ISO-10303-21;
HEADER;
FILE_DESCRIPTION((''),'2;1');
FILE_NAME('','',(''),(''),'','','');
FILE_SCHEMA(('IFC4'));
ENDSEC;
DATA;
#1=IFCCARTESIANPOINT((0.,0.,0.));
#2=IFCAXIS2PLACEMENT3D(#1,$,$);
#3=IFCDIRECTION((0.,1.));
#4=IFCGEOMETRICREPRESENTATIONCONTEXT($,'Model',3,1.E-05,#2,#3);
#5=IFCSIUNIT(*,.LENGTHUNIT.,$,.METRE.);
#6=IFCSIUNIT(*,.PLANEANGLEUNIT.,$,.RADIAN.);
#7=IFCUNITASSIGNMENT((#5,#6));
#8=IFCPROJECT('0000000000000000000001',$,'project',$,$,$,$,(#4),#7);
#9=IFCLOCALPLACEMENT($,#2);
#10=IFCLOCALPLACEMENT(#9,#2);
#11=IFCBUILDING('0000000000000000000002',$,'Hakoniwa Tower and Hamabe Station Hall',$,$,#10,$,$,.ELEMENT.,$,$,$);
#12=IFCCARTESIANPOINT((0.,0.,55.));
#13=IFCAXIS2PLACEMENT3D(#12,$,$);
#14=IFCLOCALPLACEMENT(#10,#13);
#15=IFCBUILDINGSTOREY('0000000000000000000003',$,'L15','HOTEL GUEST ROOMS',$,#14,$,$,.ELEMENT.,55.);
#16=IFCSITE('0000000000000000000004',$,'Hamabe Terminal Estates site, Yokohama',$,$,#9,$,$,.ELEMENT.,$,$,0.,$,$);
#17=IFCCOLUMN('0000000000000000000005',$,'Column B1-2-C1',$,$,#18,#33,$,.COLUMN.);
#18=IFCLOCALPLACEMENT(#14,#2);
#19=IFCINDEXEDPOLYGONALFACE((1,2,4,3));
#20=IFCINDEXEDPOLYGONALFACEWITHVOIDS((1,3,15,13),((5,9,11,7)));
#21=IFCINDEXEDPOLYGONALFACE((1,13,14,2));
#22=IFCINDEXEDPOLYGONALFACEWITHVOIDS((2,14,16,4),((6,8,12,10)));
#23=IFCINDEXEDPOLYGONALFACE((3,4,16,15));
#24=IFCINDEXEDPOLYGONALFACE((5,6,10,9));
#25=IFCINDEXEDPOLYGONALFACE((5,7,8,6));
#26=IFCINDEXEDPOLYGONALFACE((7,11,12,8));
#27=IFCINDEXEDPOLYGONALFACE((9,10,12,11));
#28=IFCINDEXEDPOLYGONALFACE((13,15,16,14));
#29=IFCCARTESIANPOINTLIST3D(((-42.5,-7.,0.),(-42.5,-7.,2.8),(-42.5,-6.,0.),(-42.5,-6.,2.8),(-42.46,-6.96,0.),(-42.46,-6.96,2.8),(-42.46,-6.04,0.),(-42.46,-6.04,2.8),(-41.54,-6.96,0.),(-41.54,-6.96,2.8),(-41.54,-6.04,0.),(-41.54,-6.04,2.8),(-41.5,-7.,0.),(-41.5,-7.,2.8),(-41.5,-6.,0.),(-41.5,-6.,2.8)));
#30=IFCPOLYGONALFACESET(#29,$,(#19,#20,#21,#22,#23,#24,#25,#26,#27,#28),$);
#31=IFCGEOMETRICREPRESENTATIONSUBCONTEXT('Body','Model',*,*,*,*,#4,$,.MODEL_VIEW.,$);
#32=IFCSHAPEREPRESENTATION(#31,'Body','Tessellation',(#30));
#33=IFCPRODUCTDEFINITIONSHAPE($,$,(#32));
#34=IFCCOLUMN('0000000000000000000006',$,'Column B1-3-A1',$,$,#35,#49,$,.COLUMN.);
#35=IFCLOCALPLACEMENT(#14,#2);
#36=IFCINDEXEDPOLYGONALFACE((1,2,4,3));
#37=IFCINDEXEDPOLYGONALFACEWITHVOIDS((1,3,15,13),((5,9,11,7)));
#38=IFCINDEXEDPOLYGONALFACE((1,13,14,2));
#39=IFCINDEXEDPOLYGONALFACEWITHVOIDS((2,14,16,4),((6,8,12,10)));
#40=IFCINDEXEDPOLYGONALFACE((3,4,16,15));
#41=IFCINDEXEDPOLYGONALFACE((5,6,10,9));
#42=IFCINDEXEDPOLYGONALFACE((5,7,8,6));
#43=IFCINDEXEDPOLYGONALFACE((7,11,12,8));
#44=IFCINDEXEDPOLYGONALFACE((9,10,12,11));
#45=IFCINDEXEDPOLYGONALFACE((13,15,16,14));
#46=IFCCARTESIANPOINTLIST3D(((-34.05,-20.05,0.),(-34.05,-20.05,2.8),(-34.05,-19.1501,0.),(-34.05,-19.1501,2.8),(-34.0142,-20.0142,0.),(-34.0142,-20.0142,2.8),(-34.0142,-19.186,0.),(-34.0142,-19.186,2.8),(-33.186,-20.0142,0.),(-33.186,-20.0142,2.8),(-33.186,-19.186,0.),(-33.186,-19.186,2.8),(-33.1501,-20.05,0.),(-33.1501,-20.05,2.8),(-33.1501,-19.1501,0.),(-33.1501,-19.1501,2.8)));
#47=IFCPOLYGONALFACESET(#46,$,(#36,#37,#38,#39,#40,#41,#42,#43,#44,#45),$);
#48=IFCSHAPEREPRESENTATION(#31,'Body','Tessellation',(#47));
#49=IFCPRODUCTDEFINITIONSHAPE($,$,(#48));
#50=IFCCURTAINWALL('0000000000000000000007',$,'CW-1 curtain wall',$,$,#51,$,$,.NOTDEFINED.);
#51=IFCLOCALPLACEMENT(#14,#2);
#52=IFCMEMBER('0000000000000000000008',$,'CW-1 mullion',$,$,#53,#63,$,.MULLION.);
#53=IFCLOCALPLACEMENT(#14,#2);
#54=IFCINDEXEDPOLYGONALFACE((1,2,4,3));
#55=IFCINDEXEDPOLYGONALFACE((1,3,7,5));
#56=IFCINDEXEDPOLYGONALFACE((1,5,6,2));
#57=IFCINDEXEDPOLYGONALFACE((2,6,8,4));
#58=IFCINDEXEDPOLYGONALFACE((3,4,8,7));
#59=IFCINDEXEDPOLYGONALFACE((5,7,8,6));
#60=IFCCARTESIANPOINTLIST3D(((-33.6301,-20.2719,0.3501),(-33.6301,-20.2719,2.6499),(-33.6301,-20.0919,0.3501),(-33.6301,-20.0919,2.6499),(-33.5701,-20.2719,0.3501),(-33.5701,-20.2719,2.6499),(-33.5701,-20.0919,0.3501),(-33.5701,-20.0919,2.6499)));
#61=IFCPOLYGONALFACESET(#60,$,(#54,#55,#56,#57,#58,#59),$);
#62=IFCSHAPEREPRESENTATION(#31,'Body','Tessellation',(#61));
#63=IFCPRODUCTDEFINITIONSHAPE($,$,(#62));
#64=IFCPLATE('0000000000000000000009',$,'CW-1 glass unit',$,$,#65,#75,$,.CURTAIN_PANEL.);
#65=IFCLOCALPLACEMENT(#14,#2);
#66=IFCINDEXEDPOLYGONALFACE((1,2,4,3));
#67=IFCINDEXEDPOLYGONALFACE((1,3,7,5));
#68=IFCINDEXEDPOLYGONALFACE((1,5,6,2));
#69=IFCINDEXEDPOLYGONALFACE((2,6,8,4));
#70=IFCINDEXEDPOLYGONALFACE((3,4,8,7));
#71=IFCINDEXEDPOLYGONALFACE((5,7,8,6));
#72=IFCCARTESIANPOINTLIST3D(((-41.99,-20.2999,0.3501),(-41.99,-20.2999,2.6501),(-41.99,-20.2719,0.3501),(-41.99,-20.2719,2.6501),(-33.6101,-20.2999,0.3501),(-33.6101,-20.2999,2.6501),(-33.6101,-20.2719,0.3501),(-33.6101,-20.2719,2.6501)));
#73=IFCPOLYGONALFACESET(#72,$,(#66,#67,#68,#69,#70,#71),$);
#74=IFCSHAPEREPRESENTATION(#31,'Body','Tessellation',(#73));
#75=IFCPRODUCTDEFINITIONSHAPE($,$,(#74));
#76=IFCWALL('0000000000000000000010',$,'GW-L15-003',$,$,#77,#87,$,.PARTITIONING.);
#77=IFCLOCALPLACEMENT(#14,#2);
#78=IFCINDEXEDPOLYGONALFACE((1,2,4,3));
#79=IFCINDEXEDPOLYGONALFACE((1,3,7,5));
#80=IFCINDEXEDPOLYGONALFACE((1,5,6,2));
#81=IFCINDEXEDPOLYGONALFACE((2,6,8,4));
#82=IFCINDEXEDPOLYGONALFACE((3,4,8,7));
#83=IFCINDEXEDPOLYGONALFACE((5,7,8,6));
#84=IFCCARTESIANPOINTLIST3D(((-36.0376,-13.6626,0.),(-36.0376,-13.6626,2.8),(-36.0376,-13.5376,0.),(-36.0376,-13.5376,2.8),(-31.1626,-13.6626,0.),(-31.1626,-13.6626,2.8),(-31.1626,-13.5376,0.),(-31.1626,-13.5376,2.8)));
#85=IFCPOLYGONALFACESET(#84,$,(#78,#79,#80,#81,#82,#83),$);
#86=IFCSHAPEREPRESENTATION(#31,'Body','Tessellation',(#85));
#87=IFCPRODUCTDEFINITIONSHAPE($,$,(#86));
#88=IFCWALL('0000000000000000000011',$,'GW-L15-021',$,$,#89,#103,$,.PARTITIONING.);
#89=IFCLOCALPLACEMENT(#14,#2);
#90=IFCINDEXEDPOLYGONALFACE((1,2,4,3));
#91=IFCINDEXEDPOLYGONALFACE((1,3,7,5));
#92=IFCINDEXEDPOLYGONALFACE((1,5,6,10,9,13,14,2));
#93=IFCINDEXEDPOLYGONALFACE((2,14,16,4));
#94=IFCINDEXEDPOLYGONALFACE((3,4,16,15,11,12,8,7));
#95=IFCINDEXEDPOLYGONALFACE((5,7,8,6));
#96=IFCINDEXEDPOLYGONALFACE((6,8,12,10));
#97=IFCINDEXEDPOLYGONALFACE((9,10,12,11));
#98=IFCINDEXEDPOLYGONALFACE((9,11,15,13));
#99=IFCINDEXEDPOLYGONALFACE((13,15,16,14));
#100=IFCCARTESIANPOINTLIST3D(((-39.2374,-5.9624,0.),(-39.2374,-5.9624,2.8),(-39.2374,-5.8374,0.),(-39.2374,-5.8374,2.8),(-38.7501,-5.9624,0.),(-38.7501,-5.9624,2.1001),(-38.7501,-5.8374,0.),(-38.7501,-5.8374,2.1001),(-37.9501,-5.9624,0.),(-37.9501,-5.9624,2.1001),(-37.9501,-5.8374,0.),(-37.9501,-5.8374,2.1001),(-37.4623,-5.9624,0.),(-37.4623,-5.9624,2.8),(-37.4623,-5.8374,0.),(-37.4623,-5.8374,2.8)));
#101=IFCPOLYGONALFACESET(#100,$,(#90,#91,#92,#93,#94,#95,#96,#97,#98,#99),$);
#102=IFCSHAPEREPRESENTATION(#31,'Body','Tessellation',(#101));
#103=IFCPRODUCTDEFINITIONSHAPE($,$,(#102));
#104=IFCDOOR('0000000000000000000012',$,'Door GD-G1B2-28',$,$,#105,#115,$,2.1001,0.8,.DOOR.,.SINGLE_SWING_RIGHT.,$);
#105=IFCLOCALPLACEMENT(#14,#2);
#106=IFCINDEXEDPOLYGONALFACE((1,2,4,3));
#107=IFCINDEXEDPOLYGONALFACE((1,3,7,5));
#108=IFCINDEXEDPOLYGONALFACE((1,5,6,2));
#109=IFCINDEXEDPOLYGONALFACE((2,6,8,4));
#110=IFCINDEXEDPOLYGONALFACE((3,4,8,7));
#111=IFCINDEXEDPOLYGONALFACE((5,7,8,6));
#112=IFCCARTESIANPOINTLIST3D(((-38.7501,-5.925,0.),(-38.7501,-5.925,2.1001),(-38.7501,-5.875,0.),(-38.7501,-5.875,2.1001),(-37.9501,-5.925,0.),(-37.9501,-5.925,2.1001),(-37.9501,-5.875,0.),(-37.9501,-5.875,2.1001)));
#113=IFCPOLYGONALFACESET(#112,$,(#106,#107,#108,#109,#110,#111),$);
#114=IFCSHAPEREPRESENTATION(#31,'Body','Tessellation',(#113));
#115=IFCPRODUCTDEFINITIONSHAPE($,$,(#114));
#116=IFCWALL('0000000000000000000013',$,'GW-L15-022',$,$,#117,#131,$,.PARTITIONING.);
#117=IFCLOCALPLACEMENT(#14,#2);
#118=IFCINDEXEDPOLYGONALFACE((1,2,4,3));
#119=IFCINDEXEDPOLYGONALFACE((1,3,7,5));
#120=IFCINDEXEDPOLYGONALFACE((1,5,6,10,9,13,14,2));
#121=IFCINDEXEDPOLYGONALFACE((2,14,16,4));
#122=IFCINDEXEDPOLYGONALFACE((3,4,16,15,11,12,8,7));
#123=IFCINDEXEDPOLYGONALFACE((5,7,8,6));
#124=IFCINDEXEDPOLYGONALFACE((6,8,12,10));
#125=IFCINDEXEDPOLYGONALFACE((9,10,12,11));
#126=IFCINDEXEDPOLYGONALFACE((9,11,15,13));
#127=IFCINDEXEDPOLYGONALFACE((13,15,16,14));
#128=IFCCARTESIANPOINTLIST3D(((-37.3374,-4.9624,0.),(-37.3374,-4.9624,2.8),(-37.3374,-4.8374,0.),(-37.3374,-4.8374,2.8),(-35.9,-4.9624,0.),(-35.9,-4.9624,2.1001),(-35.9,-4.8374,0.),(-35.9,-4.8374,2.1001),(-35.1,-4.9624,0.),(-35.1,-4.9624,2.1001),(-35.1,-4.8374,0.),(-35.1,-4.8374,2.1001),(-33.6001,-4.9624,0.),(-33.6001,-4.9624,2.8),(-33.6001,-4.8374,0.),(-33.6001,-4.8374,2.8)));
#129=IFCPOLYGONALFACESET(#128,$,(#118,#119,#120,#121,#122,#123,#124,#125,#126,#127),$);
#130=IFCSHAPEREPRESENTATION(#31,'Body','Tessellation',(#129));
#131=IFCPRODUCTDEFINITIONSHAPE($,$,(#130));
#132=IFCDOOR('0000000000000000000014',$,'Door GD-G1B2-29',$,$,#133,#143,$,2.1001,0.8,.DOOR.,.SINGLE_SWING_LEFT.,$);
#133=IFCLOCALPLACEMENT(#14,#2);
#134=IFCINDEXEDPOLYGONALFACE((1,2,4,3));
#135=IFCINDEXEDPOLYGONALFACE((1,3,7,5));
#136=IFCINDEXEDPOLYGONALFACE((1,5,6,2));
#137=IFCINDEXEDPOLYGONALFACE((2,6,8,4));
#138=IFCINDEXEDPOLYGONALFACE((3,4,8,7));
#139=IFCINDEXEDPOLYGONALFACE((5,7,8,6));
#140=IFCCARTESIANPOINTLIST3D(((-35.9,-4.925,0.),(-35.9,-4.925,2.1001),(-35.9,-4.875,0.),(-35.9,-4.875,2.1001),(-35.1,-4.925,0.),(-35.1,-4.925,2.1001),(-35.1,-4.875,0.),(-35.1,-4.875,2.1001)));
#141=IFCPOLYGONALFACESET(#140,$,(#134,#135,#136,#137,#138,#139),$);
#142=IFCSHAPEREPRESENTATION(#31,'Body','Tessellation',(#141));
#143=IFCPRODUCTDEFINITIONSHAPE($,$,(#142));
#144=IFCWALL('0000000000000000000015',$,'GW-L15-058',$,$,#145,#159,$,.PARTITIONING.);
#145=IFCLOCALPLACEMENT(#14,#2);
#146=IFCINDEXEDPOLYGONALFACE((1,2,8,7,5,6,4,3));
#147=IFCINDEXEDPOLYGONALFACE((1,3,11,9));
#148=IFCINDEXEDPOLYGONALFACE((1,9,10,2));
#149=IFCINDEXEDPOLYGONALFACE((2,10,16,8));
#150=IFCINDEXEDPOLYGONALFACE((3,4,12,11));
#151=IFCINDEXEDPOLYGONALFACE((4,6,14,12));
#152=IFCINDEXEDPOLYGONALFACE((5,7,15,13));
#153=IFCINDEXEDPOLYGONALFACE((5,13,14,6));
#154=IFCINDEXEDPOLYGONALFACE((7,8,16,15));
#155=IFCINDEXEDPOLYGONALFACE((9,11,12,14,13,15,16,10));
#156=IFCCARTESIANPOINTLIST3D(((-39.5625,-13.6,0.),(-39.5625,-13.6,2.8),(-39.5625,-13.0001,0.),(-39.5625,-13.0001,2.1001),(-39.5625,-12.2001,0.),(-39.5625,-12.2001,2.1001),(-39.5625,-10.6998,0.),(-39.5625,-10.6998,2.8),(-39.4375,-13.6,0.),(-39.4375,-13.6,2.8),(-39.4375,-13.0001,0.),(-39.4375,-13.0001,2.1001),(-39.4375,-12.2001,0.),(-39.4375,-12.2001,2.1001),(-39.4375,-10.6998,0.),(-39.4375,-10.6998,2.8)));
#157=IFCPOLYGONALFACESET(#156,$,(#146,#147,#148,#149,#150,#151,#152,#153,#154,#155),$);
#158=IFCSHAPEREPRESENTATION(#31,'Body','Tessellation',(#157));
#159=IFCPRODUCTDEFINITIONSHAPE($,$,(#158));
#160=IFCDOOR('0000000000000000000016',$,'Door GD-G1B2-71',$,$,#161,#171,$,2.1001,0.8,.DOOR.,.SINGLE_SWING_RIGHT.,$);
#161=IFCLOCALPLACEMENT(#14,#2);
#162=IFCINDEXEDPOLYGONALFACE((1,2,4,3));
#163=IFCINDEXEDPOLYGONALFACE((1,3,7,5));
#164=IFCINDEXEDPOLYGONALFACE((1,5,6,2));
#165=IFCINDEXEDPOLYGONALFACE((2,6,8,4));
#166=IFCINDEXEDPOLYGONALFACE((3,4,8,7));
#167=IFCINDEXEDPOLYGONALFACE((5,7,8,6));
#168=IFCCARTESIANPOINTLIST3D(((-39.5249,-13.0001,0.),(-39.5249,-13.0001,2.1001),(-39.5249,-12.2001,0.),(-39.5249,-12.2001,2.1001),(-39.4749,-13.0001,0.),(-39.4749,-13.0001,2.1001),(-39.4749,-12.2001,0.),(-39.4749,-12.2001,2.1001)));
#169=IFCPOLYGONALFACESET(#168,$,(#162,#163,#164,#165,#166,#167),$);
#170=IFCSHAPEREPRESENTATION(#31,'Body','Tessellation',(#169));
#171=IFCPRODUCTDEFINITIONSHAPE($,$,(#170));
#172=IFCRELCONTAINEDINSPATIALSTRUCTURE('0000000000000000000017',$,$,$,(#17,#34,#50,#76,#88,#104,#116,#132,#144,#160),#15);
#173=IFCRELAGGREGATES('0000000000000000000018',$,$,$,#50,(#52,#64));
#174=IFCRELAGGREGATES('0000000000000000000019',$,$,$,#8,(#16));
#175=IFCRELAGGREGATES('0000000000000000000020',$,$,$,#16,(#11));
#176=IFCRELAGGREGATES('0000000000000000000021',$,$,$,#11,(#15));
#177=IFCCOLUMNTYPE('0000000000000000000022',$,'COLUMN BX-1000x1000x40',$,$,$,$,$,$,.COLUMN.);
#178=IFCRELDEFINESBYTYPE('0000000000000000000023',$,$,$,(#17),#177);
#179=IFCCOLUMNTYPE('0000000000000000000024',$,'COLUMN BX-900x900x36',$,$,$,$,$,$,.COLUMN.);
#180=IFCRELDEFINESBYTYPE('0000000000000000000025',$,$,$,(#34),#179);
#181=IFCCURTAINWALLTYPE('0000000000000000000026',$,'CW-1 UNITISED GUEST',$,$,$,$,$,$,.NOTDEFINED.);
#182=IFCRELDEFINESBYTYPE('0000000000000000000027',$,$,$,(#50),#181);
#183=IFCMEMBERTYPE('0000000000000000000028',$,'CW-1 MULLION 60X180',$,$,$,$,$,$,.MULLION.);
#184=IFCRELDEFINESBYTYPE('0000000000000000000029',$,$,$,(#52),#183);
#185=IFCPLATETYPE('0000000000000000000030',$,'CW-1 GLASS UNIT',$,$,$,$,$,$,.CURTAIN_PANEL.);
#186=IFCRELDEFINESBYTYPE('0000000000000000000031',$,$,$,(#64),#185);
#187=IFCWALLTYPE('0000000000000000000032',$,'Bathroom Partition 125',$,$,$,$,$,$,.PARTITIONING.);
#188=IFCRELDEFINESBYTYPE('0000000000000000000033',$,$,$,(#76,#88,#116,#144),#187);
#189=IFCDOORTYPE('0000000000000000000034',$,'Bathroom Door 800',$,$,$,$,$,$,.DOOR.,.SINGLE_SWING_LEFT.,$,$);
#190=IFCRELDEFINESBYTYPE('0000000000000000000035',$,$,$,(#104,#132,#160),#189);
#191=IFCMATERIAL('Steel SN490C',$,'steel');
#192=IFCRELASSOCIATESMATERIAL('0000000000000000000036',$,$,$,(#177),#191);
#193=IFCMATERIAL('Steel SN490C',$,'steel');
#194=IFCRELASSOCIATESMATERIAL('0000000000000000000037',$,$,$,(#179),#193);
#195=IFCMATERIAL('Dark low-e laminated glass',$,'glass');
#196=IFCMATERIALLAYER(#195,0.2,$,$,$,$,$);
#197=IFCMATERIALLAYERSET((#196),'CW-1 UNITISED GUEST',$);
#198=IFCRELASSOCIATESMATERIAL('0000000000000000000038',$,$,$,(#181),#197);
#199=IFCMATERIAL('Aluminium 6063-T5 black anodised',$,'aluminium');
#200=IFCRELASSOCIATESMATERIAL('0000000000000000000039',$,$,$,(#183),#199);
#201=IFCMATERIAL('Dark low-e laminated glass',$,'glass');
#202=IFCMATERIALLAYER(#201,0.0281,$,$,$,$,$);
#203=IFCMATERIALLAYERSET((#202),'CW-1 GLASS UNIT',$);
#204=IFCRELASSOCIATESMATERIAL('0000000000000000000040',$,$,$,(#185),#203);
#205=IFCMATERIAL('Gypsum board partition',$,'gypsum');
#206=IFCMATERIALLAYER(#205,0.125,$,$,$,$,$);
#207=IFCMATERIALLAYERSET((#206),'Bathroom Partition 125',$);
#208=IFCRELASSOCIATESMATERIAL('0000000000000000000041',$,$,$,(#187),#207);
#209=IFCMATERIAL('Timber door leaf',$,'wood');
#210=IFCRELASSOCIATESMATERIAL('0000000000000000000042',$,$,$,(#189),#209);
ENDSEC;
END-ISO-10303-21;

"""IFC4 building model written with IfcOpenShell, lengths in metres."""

from ifc_helpers import new_model, si_unit, direction, frame, frame_2d, origin, origin_2d, place, context, subcontext, project, spatial, rectangle, hollow_rectangle, extrude, material, layer, layer_set, material_profile, profile_set, type_object, element, fill, aggregate, save


model = new_model("IFC4")

# Units and contexts
model_context = context("Model", 3, precision=1e-05, world=origin(), true_north=direction((0.0, 1.0)))
body_context = subcontext(model_context, "Body", "Model", "MODEL_VIEW")
ifc_project = project(units=[si_unit("LENGTHUNIT", "METRE"), si_unit("PLANEANGLEUNIT", "RADIAN")], contexts=[model_context])

# Site, building, storey
site_placement = place(None, origin())
site = spatial("IfcSite", under=ifc_project, at=site_placement, Name="Hamabe Terminal Estates site, Yokohama", CompositionType="ELEMENT", RefElevation=0.0)
building_placement = place(site_placement, origin())
building = spatial("IfcBuilding", under=site, at=building_placement, Name="Hakoniwa Tower and Hamabe Station Hall", CompositionType="ELEMENT")
storey_placement = place(building_placement, frame((0.0, 0.0, 55.0)))
storey = spatial("IfcBuildingStorey", under=building, at=storey_placement, Name="L15", Description="HOTEL GUEST ROOMS", CompositionType="ELEMENT", Elevation=55.0)

# Columns
ifc_material_1 = material(Name="Steel SN490C", Category="steel")
ifc_material_profile_1 = material_profile(ifc_material_1, hollow_rectangle(XDim=1.0, YDim=1.0, WallThickness=0.04, at=origin_2d()), Name="BX-1000x1000x40")
ifc_profile_set_1 = profile_set([ifc_material_profile_1], Name="Steel SN490C")
column_type_1 = type_object("IfcColumnType", Name="COLUMN BX-1000x1000x40", PredefinedType="COLUMN", material=ifc_profile_set_1)
column_1_placement = place(storey_placement, frame((-42.0, -6.5, 0.0), z_axis=(0.0, 0.0, 1.0), x_axis=(1.0, 0.0, 0.0)))
element("IfcColumn", 1, at=column_1_placement, inside=storey, type_object=column_type_1, Name="Column B1-2-C1", PredefinedType="COLUMN", context=body_context, shape_type="SweptSolid", body=[
    extrude(hollow_rectangle(XDim=1.0, YDim=1.0, WallThickness=0.04, at=origin_2d()), origin(), (0.0, 0.0, 1.0), 2.8),
])
ifc_material_2 = material(Name="Steel SN490C", Category="steel")
ifc_material_profile_2 = material_profile(ifc_material_2, hollow_rectangle(XDim=0.8999, YDim=0.8999, WallThickness=0.0359, at=origin_2d()), Name="BX-900x900x36")
ifc_profile_set_2 = profile_set([ifc_material_profile_2], Name="Steel SN490C")
column_type_2 = type_object("IfcColumnType", Name="COLUMN BX-900x900x36", PredefinedType="COLUMN", material=ifc_profile_set_2)
column_2_placement = place(storey_placement, frame((-33.6001, -19.6001, 0.0), z_axis=(0.0, 0.0, 1.0), x_axis=(1.0, 0.0, 0.0)))
element("IfcColumn", 2, at=column_2_placement, inside=storey, type_object=column_type_2, Name="Column B1-3-A1", PredefinedType="COLUMN", context=body_context, shape_type="SweptSolid", body=[
    extrude(hollow_rectangle(XDim=0.8999, YDim=0.8999, WallThickness=0.0359, at=origin_2d()), origin(), (0.0, 0.0, 1.0), 2.8),
])

# Curtain wall, member, plate
ifc_material_3 = material(Name="Dark low-e laminated glass", Category="glass")
ifc_layer_1 = layer(ifc_material_3, 0.2)
ifc_layer_set_1 = layer_set([ifc_layer_1], Name="CW-1 UNITISED GUEST")
curtain_wall_type = type_object("IfcCurtainWallType", Name="CW-1 UNITISED GUEST", PredefinedType="NOTDEFINED", material=ifc_layer_set_1)
curtain_wall_placement = place(storey_placement, origin())
curtain_wall = element("IfcCurtainWall", 3, at=curtain_wall_placement, inside=storey, type_object=curtain_wall_type, Name="CW-1 curtain wall", PredefinedType="NOTDEFINED")
ifc_material_4 = material(Name="Aluminium 6063-T5 black anodised", Category="aluminium")
ifc_material_profile_3 = material_profile(ifc_material_4, rectangle(XDim=0.0601, YDim=0.1799, at=origin_2d()), Name="CW-1 MULLION 60X180")
ifc_profile_set_3 = profile_set([ifc_material_profile_3], Name="Aluminium 6063-T5 black anodised")
member_type = type_object("IfcMemberType", Name="CW-1 MULLION 60X180", PredefinedType="MULLION", material=ifc_profile_set_3)
member_placement = place(storey_placement, frame((-33.6001, -20.1819, 0.3501), z_axis=(0.0, 0.0, 1.0), x_axis=(1.0, 0.0, 0.0)))
member = element("IfcMember", 4, at=member_placement, type_object=member_type, Name="CW-1 mullion", PredefinedType="MULLION", context=body_context, shape_type="SweptSolid", body=[
    extrude(rectangle(XDim=0.0601, YDim=0.1799, at=origin_2d()), origin(), (0.0, 0.0, 1.0), 2.2998),
])
ifc_material_5 = material(Name="Dark low-e laminated glass", Category="glass")
ifc_layer_2 = layer(ifc_material_5, 0.0281)
ifc_layer_set_2 = layer_set([ifc_layer_2], Name="CW-1 GLASS UNIT")
plate_type = type_object("IfcPlateType", Name="CW-1 GLASS UNIT", PredefinedType="CURTAIN_PANEL", material=ifc_layer_set_2)
plate_placement = place(storey_placement, frame((-37.8, -20.2859, 0.3501), z_axis=(0.0, 0.0, 1.0), x_axis=(1.0, 0.0, 0.0)))
plate = element("IfcPlate", 5, at=plate_placement, type_object=plate_type, Name="CW-1 glass unit", PredefinedType="CURTAIN_PANEL", context=body_context, shape_type="SweptSolid", body=[
    extrude(rectangle(XDim=8.3799, YDim=0.0281, at=origin_2d()), origin(), (0.0, 0.0, 1.0), 2.3),
])
aggregate(curtain_wall, [member, plate])

# Wall
ifc_material_6 = material(Name="Gypsum board partition", Category="gypsum")
ifc_layer_3 = layer(ifc_material_6, 0.125)
ifc_layer_set_3 = layer_set([ifc_layer_3], Name="Bathroom Partition 125")
wall_type_1 = type_object("IfcWallType", Name="Bathroom Partition 125", PredefinedType="PARTITIONING", material=ifc_layer_set_3)
wall_1_placement = place(storey_placement, frame((-36.0376, -13.6001, 0.0), z_axis=(0.0, 0.0, 1.0), x_axis=(1.0, 0.0, 0.0)))
element("IfcWall", 6, at=wall_1_placement, inside=storey, type_object=wall_type_1, Name="GW-L15-003", PredefinedType="PARTITIONING", context=body_context, shape_type="SweptSolid", body=[
    extrude(rectangle(XDim=4.875, YDim=0.125, at=frame_2d((2.4375, 0.0))), origin(), (0.0, 0.0, 1.0), 2.8),
])

# Walls, openings, doors
wall_2_placement = place(storey_placement, frame((-39.2375, -5.8999, 0.0), z_axis=(0.0, 0.0, 1.0), x_axis=(1.0, 0.0, 0.0)))
wall_2 = element("IfcWall", 7, at=wall_2_placement, inside=storey, type_object=wall_type_1, Name="GW-L15-021", PredefinedType="PARTITIONING", context=body_context, shape_type="SweptSolid", body=[
    extrude(rectangle(XDim=1.7751, YDim=0.125, at=frame_2d((0.8877, 0.0))), origin(), (0.0, 0.0, 1.0), 2.8),
])
opening_1_placement = place(wall_2_placement, frame((0.4875, 0.0, 0.0)))
opening_1 = element("IfcOpeningElement", 8, at=opening_1_placement, cuts=wall_2, PredefinedType="OPENING", context=body_context, shape_type="SweptSolid", body=[
    extrude(rectangle(XDim=0.8, YDim=2.1001, at=frame_2d((0.3999, 1.05))), frame((0.0, 0.0725, 0.0), z_axis=(0.0, -1.0, 0.0), x_axis=(1.0, 0.0, 0.0)), (0.0, 0.0, 1.0), 0.145),
])
ifc_material_7 = material(Name="Timber door leaf", Category="wood")
door_type_1 = type_object("IfcDoorType", Name="Bathroom Door 800", OperationType="SINGLE_SWING_LEFT", PredefinedType="DOOR", material=ifc_material_7)
door_1_placement = place(opening_1_placement, origin())
door_1 = element("IfcDoor", 9, at=door_1_placement, inside=storey, type_object=door_type_1, Name="Door GD-G1B2-28", OperationType="SINGLE_SWING_RIGHT", OverallHeight=2.1001, OverallWidth=0.8, PredefinedType="DOOR", context=body_context, shape_type="SweptSolid", body=[
    extrude(rectangle(XDim=0.8, YDim=2.1001, at=frame_2d((0.3999, 1.05))), frame((0.0, 0.0249, 0.0), z_axis=(0.0, -1.0, 0.0), x_axis=(1.0, 0.0, 0.0)), (0.0, 0.0, 1.0), 0.05),
])
fill(opening_1, door_1)
wall_3_placement = place(storey_placement, frame((-37.3374, -4.8999, 0.0), z_axis=(0.0, 0.0, 1.0), x_axis=(1.0, 0.0, 0.0)))
wall_3 = element("IfcWall", 10, at=wall_3_placement, inside=storey, type_object=wall_type_1, Name="GW-L15-022", PredefinedType="PARTITIONING", context=body_context, shape_type="SweptSolid", body=[
    extrude(rectangle(XDim=3.7373, YDim=0.125, at=frame_2d((1.8687, 0.0))), origin(), (0.0, 0.0, 1.0), 2.8),
])
opening_2_placement = place(wall_3_placement, frame((1.4375, 0.0, 0.0)))
opening_2 = element("IfcOpeningElement", 11, at=opening_2_placement, cuts=wall_3, PredefinedType="OPENING", context=body_context, shape_type="SweptSolid", body=[
    extrude(rectangle(XDim=0.8, YDim=2.1001, at=frame_2d((0.3999, 1.05))), frame((0.0, 0.0725, 0.0), z_axis=(0.0, -1.0, 0.0), x_axis=(1.0, 0.0, 0.0)), (0.0, 0.0, 1.0), 0.145),
])
door_2_placement = place(opening_2_placement, origin())
door_2 = element("IfcDoor", 12, at=door_2_placement, inside=storey, type_object=door_type_1, Name="Door GD-G1B2-29", OperationType="SINGLE_SWING_LEFT", OverallHeight=2.1001, OverallWidth=0.8, PredefinedType="DOOR", context=body_context, shape_type="SweptSolid", body=[
    extrude(rectangle(XDim=0.8, YDim=2.1001, at=frame_2d((0.3999, 1.05))), frame((0.0, 0.0249, 0.0), z_axis=(0.0, -1.0, 0.0), x_axis=(1.0, 0.0, 0.0)), (0.0, 0.0, 1.0), 0.05),
])
fill(opening_2, door_2)
wall_4_placement = place(storey_placement, frame((-39.5, -13.6001, 0.0), z_axis=(0.0, 0.0, 1.0), x_axis=(0.0, 1.0, 0.0)))
wall_4 = element("IfcWall", 13, at=wall_4_placement, inside=storey, type_object=wall_type_1, Name="GW-L15-058", PredefinedType="PARTITIONING", context=body_context, shape_type="SweptSolid", body=[
    extrude(rectangle(XDim=2.9001, YDim=0.125, at=frame_2d((1.4502, 0.0))), origin(), (0.0, 0.0, 1.0), 2.8),
])
opening_3_placement = place(wall_4_placement, frame((0.6001, 0.0, 0.0)))
opening_3 = element("IfcOpeningElement", 14, at=opening_3_placement, cuts=wall_4, PredefinedType="OPENING", context=body_context, shape_type="SweptSolid", body=[
    extrude(rectangle(XDim=0.8, YDim=2.1001, at=frame_2d((0.3999, 1.05))), frame((0.0, 0.0725, 0.0), z_axis=(0.0, -1.0, 0.0), x_axis=(1.0, 0.0, 0.0)), (0.0, 0.0, 1.0), 0.145),
])
door_3_placement = place(opening_3_placement, origin())
door_3 = element("IfcDoor", 15, at=door_3_placement, inside=storey, type_object=door_type_1, Name="Door GD-G1B2-71", OperationType="SINGLE_SWING_RIGHT", OverallHeight=2.1001, OverallWidth=0.8, PredefinedType="DOOR", context=body_context, shape_type="SweptSolid", body=[
    extrude(rectangle(XDim=0.8, YDim=2.1001, at=frame_2d((0.3999, 1.05))), frame((0.0, 0.0249, 0.0), z_axis=(0.0, -1.0, 0.0), x_axis=(1.0, 0.0, 0.0)), (0.0, 0.0, 1.0), 0.05),
])
fill(opening_3, door_3)

save(model, "model.ifc")
